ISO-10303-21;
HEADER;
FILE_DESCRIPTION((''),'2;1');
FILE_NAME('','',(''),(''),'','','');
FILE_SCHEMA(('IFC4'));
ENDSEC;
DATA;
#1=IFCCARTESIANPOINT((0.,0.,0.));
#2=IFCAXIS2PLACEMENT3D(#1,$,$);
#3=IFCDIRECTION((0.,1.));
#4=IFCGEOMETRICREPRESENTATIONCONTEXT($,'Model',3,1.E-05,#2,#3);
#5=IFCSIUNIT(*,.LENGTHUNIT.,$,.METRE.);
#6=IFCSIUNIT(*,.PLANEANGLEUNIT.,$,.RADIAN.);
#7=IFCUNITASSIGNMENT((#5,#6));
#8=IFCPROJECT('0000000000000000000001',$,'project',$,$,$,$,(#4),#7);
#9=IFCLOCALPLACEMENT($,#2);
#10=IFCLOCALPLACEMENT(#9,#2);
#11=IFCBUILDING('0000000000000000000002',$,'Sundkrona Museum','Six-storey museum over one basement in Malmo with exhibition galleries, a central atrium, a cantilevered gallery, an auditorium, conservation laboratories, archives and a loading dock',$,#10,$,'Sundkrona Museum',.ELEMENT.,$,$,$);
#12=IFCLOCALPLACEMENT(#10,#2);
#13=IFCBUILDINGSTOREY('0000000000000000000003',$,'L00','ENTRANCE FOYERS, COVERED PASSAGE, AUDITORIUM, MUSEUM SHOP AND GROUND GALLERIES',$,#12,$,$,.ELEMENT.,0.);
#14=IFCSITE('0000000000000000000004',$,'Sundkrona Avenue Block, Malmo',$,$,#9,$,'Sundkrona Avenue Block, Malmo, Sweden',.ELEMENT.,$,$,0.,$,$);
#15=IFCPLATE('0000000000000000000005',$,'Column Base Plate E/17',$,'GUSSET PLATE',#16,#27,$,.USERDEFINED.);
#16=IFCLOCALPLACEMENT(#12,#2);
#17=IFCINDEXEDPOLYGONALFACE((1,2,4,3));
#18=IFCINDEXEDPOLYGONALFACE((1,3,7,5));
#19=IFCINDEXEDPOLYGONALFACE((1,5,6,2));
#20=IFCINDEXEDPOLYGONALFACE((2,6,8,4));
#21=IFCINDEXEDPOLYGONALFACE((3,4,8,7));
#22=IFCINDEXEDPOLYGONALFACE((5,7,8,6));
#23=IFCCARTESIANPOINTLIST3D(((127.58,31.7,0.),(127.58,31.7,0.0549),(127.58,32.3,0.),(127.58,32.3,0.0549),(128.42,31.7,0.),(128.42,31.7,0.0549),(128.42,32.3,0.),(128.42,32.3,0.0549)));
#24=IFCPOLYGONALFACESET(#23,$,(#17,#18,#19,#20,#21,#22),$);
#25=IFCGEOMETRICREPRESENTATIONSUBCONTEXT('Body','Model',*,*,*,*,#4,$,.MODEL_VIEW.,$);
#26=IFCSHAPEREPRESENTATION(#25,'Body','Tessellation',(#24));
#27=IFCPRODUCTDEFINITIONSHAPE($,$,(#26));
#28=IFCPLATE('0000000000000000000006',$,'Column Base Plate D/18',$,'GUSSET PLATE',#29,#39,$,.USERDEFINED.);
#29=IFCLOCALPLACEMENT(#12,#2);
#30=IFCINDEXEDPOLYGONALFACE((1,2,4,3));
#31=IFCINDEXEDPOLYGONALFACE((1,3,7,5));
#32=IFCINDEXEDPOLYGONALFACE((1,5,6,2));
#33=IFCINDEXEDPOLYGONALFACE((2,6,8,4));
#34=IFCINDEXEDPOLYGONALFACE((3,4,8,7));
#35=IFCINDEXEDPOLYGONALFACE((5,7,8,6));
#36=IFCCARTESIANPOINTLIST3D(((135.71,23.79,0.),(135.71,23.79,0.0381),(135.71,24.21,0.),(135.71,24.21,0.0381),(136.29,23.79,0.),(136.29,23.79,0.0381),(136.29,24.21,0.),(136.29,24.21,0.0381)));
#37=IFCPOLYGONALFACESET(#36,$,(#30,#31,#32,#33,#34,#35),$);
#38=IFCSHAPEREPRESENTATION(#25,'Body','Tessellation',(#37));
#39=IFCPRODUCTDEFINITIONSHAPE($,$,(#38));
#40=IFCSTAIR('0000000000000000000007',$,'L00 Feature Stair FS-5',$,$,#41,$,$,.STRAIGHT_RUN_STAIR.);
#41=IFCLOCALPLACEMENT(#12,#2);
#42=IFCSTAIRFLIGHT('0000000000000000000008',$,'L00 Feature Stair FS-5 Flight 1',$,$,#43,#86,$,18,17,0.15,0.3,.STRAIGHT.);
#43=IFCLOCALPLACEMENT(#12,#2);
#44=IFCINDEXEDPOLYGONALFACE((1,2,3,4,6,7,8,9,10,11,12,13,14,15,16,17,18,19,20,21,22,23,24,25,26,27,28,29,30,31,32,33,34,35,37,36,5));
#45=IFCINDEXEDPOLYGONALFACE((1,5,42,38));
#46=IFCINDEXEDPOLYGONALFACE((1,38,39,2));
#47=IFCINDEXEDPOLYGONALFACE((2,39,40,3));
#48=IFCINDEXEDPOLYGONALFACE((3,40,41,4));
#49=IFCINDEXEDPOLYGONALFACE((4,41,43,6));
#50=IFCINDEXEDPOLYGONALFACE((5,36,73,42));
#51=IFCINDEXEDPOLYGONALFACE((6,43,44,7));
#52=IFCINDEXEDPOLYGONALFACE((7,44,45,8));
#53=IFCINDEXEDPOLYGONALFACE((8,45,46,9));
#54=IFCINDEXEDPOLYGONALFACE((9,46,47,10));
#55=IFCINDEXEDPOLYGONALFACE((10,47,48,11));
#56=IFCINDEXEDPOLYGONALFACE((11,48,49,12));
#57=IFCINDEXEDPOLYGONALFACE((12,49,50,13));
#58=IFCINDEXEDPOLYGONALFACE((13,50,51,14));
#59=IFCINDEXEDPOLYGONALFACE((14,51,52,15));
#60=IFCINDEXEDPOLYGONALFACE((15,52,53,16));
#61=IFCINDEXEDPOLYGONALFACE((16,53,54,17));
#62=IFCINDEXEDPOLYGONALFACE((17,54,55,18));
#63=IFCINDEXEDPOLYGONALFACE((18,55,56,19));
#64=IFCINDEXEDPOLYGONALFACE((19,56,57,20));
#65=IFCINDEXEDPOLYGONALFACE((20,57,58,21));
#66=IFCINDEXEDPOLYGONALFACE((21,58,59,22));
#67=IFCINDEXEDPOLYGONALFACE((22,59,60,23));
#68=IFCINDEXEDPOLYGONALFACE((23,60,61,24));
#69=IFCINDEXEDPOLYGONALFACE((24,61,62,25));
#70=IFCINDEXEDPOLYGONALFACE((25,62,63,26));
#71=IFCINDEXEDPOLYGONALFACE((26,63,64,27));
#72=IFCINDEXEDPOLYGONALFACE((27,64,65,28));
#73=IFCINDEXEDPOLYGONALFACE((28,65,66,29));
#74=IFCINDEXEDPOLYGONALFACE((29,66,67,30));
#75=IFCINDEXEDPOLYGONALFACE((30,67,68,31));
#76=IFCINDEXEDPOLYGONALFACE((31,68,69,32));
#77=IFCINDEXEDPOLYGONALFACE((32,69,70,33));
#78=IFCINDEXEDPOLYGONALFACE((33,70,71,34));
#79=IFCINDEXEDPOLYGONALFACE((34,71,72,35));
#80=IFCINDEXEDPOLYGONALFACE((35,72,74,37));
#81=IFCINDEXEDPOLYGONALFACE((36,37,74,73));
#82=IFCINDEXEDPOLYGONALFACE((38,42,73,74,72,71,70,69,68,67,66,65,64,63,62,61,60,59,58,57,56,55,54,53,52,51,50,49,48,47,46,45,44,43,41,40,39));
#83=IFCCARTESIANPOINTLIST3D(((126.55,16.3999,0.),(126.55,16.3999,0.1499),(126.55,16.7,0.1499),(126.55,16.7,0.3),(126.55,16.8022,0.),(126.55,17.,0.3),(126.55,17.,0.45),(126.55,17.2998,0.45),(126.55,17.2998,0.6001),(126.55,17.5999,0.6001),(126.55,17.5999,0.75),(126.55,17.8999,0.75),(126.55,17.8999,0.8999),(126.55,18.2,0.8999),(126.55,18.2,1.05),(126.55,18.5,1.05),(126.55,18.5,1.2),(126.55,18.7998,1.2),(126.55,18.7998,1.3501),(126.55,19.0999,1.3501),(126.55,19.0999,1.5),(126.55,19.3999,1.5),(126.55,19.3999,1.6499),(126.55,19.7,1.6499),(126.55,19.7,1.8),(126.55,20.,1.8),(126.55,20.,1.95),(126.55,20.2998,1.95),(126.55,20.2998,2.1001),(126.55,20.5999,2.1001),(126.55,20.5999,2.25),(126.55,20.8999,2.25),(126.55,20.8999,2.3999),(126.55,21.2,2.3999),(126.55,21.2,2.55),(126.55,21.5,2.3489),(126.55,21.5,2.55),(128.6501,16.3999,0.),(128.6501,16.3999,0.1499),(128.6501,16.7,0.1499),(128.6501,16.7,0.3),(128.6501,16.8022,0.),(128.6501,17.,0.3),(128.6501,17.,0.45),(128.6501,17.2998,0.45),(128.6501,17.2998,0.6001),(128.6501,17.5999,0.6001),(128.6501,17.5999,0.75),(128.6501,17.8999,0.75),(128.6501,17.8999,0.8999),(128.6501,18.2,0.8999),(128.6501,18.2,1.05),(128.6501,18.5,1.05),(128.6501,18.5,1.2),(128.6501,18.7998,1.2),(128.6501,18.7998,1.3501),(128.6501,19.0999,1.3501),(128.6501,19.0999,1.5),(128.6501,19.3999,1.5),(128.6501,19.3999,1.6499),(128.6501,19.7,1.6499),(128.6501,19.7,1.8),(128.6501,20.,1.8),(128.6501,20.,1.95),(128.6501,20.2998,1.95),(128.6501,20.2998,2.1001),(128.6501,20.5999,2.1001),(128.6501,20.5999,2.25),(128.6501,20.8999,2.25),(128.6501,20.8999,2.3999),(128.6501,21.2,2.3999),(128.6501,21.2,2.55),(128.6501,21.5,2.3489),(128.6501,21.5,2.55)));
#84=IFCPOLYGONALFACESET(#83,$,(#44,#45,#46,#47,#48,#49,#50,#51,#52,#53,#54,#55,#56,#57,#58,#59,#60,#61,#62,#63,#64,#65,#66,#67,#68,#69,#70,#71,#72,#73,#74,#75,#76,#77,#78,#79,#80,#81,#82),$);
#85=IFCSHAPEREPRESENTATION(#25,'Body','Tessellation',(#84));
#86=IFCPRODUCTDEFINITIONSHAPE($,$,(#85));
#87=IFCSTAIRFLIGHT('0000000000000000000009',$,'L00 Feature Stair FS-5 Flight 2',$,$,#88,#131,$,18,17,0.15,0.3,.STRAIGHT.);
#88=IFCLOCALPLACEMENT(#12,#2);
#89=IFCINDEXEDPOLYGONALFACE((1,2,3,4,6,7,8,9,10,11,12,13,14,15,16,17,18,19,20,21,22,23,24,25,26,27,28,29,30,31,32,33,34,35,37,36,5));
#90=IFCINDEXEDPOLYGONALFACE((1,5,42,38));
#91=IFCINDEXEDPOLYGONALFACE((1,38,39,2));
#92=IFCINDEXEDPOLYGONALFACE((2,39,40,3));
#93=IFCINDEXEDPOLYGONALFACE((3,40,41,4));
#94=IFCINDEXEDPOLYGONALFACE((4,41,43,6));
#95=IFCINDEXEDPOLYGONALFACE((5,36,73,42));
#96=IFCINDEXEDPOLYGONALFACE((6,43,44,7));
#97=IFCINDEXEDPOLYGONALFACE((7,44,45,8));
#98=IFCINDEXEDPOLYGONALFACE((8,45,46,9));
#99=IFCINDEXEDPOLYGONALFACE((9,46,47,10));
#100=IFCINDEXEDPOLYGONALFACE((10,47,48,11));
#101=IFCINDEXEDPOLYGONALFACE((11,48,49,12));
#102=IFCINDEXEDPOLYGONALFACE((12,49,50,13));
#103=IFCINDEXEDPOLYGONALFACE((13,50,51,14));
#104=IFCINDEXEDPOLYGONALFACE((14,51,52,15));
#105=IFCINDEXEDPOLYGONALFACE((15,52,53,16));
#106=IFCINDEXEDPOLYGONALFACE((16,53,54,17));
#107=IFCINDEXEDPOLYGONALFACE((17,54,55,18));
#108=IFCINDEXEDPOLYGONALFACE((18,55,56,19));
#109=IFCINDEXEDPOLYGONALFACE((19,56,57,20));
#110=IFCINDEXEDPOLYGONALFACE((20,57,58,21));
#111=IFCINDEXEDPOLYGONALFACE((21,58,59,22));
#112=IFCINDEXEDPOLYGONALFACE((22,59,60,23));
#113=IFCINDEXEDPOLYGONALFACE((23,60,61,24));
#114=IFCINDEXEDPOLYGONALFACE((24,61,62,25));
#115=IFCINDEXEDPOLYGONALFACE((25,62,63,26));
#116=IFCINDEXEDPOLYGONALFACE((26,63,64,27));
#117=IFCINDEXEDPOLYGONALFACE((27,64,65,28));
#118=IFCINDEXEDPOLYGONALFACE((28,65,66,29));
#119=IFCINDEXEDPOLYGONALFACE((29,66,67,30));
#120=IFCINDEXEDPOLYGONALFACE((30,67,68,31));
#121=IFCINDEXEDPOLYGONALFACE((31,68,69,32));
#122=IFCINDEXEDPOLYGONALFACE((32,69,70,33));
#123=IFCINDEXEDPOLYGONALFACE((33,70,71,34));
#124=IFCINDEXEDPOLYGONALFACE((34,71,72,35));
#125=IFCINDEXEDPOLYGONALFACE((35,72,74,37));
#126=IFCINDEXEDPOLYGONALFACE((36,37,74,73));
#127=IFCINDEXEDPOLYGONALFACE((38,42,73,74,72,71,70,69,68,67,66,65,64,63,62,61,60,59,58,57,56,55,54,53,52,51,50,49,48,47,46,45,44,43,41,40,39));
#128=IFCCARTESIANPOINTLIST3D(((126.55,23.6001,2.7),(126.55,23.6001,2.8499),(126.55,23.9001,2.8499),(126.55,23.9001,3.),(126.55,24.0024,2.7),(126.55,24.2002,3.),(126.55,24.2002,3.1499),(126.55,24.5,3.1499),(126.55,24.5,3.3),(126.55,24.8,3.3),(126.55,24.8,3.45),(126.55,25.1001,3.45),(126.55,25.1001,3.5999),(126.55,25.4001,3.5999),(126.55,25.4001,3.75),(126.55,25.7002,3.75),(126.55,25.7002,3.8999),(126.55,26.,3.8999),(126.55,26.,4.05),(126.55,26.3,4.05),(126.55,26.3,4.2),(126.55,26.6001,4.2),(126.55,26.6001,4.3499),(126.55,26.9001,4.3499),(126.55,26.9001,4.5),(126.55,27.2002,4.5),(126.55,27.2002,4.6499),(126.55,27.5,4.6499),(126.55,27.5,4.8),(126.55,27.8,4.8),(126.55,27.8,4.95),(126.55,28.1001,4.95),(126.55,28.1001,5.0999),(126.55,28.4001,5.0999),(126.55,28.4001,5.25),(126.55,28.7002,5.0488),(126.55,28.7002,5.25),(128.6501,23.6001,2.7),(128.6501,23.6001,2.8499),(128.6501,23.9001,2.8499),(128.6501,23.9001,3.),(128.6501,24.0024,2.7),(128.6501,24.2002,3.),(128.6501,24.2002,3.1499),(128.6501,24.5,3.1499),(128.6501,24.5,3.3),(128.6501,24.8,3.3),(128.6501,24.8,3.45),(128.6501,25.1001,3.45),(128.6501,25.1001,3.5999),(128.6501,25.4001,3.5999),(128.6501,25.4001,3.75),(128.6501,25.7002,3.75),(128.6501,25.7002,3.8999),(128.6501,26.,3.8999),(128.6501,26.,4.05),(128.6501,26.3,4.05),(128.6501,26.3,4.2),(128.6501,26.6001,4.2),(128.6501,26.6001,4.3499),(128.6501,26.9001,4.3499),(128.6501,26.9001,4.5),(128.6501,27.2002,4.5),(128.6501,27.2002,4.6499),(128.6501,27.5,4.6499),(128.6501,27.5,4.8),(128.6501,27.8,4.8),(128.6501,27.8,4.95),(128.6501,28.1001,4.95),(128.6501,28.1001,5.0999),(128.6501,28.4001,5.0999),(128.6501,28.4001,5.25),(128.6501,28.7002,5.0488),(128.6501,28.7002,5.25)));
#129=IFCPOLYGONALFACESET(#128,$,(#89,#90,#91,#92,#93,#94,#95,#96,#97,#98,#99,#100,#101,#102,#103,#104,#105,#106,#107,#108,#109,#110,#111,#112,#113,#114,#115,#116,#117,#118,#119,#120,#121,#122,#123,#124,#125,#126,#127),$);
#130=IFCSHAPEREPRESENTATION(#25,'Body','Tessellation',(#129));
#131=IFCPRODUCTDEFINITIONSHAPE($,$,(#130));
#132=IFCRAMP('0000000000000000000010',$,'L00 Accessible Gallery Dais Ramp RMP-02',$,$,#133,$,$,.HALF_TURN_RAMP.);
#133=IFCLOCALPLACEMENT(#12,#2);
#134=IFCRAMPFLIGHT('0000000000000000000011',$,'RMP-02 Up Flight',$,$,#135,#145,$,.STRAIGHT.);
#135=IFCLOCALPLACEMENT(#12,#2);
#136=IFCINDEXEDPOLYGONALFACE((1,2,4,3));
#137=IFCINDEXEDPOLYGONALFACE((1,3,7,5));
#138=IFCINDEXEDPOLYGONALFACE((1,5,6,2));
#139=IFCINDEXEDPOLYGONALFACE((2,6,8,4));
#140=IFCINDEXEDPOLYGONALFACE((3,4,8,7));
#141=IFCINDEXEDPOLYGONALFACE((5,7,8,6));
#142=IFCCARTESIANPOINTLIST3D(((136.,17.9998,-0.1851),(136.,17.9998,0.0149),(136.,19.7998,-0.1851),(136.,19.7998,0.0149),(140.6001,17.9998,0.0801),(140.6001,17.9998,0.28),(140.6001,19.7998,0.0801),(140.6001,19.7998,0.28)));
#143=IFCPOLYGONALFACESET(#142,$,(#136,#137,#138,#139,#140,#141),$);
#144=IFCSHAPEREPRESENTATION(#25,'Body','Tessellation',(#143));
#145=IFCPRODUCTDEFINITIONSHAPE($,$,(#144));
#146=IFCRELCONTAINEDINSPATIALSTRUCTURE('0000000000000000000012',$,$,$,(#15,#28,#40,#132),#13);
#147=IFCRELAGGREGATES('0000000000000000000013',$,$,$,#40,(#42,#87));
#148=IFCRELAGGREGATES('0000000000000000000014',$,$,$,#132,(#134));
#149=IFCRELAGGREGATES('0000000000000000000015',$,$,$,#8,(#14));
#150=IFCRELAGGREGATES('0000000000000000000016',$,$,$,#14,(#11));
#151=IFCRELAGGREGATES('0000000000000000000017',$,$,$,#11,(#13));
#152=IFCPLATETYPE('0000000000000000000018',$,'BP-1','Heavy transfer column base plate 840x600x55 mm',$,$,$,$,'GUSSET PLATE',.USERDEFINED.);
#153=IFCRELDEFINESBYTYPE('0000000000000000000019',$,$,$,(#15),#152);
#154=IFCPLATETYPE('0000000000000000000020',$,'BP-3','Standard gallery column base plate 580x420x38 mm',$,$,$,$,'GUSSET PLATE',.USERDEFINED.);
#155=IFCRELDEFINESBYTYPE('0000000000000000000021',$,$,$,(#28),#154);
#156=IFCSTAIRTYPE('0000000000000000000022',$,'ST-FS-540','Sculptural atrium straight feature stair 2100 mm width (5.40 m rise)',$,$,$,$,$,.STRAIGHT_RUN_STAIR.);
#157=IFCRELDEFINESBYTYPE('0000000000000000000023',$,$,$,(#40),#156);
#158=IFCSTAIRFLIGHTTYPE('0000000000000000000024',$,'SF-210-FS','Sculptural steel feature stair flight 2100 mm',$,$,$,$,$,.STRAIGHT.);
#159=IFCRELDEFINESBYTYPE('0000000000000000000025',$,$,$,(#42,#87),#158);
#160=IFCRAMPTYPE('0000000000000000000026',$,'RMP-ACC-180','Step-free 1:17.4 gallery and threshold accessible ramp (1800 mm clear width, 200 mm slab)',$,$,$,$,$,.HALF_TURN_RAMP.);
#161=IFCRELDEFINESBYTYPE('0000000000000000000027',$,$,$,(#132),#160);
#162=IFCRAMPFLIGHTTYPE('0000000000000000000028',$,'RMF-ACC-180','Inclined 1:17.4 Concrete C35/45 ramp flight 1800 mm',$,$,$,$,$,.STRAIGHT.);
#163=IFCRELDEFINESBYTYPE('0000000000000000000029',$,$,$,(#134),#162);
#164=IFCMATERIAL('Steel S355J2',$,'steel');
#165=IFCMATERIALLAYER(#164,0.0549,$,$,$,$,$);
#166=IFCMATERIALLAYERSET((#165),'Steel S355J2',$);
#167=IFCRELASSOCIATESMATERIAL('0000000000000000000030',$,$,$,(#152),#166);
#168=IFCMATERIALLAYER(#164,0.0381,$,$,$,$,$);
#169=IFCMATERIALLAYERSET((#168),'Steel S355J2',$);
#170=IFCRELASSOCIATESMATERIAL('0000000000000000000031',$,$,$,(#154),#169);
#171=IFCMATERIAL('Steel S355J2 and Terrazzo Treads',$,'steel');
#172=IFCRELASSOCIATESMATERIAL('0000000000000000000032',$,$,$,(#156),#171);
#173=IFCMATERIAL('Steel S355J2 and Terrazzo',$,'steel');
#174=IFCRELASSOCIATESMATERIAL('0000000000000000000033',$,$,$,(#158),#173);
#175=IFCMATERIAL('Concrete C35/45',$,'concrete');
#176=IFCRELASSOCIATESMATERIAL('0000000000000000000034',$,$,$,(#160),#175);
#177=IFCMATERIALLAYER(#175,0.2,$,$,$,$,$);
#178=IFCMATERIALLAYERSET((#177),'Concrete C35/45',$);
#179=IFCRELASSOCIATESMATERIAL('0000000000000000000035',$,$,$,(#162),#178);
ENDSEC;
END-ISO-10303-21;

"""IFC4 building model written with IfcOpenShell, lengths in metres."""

from ifc_helpers import new_model, si_unit, direction, frame, origin, origin_2d, place, context, subcontext, project, spatial, polyline, rectangle, outline, extrude, material, layer, layer_set, type_object, element, aggregate, save


model = new_model("IFC4")

# Units and contexts
model_context = context("Model", 3, precision=1e-05, world=origin(), true_north=direction((0.0, 1.0)))
body_context = subcontext(model_context, "Body", "Model", "MODEL_VIEW")
ifc_project = project(units=[si_unit("LENGTHUNIT", "METRE"), si_unit("PLANEANGLEUNIT", "RADIAN")], contexts=[model_context])

# Site, building, storey
site_placement = place(None, origin())
site = spatial("IfcSite", under=ifc_project, at=site_placement, Name="Sundkrona Avenue Block, Malmo", LongName="Sundkrona Avenue Block, Malmo, Sweden", CompositionType="ELEMENT", RefElevation=0.0)
building_placement = place(site_placement, origin())
building = spatial("IfcBuilding", under=site, at=building_placement, Name="Sundkrona Museum", Description="Six-storey museum over one basement in Malmo with exhibition galleries, a central atrium, a cantilevered gallery, an auditorium, conservation laboratories, archives and a loading dock", LongName="Sundkrona Museum", CompositionType="ELEMENT")
storey_placement = place(building_placement, origin())
storey = spatial("IfcBuildingStorey", under=building, at=storey_placement, Name="L00", Description="ENTRANCE FOYERS, COVERED PASSAGE, AUDITORIUM, MUSEUM SHOP AND GROUND GALLERIES", CompositionType="ELEMENT", Elevation=0.0)

# Shared definitions
ifc_material_1 = material(Name="Steel S355J2", Category="steel")

# Plates
ifc_layer_1 = layer(ifc_material_1, 0.0549)
ifc_layer_set_1 = layer_set([ifc_layer_1], Name="Steel S355J2")
plate_type_1 = type_object("IfcPlateType", Name="BP-1", Description="Heavy transfer column base plate 840x600x55 mm", ElementType="GUSSET PLATE", PredefinedType="USERDEFINED", material=ifc_layer_set_1)
plate_1_placement = place(storey_placement, frame((128.0, 32.0, 0.0), z_axis=(0.0, 0.0, 1.0), x_axis=(1.0, 0.0, 0.0)))
element("IfcPlate", 1, at=plate_1_placement, inside=storey, type_object=plate_type_1, Name="Column Base Plate E/17", ObjectType="GUSSET PLATE", PredefinedType="USERDEFINED", context=body_context, shape_type="SweptSolid", body=[
    extrude(rectangle(XDim=0.8401, YDim=0.6001, at=origin_2d()), origin(), (0.0, 0.0, 1.0), 0.0549),
])
ifc_layer_2 = layer(ifc_material_1, 0.0381)
ifc_layer_set_2 = layer_set([ifc_layer_2], Name="Steel S355J2")
plate_type_2 = type_object("IfcPlateType", Name="BP-3", Description="Standard gallery column base plate 580x420x38 mm", ElementType="GUSSET PLATE", PredefinedType="USERDEFINED", material=ifc_layer_set_2)
plate_2_placement = place(storey_placement, frame((136.0, 24.0, 0.0), z_axis=(0.0, 0.0, 1.0), x_axis=(1.0, 0.0, 0.0)))
element("IfcPlate", 2, at=plate_2_placement, inside=storey, type_object=plate_type_2, Name="Column Base Plate D/18", ObjectType="GUSSET PLATE", PredefinedType="USERDEFINED", context=body_context, shape_type="SweptSolid", body=[
    extrude(rectangle(XDim=0.5801, YDim=0.4199, at=origin_2d()), origin(), (0.0, 0.0, 1.0), 0.0381),
])

# Stair, stair flights
ifc_material_2 = material(Name="Steel S355J2 and Terrazzo Treads", Category="steel")
stair_type = type_object("IfcStairType", Name="ST-FS-540", Description="Sculptural atrium straight feature stair 2100 mm width (5.40 m rise)", PredefinedType="STRAIGHT_RUN_STAIR", material=ifc_material_2)
stair_placement = place(storey_placement, origin())
stair = element("IfcStair", 3, at=stair_placement, inside=storey, type_object=stair_type, Name="L00 Feature Stair FS-5", PredefinedType="STRAIGHT_RUN_STAIR")
ifc_material_3 = material(Name="Steel S355J2 and Terrazzo", Category="steel")
stair_flight_type = type_object("IfcStairFlightType", Name="SF-210-FS", Description="Sculptural steel feature stair flight 2100 mm", PredefinedType="STRAIGHT", material=ifc_material_3)
stair_flight_1_placement = place(storey_placement, frame((127.6001, 16.3999, 0.0), z_axis=(0.0, 0.0, 1.0), x_axis=(0.0, 1.0, 0.0)))
stair_flight_1 = element("IfcStairFlight", 4, at=stair_flight_1_placement, type_object=stair_flight_type, Name="L00 Feature Stair FS-5 Flight 1", NumberOfRisers=18, NumberOfTreads=17, PredefinedType="STRAIGHT", RiserHeight=0.15, TreadLength=0.3, context=body_context, shape_type="SweptSolid", body=[
    extrude(outline(polyline([(0.0, 0.0), (0.0, 0.1499), (0.3, 0.1499), (0.3, 0.3), (0.6001, 0.3), (0.6001, 0.45), (0.8999, 0.45), (0.8999, 0.6001), (1.2, 0.6001), (1.2, 0.75), (1.5, 0.75), (1.5, 0.8999), (1.8, 0.8999), (1.8, 1.05), (2.1001, 1.05), (2.1001, 1.2), (2.3999, 1.2), (2.3999, 1.3501), (2.7, 1.3501), (2.7, 1.5), (3.0, 1.5), (3.0, 1.6499), (3.3, 1.6499), (3.3, 1.8), (3.6001, 1.8), (3.6001, 1.95), (3.8999, 1.95), (3.8999, 2.1001), (4.2, 2.1001), (4.2, 2.25), (4.5, 2.25), (4.5, 2.3999), (4.8, 2.3999), (4.8, 2.55), (5.1001, 2.55), (5.1001, 2.7), (5.1001, 2.3489), (0.4023, 0.0), (0.0, 0.0)])), frame((0.0, 1.05, 0.0), z_axis=(0.0, -1.0, 0.0), x_axis=(1.0, 0.0, 0.0)), (0.0, 0.0, 1.0), 2.1001),
])
stair_flight_2_placement = place(storey_placement, frame((127.6001, 23.6001, 2.7), z_axis=(0.0, 0.0, 1.0), x_axis=(0.0, 1.0, 0.0)))
stair_flight_2 = element("IfcStairFlight", 5, at=stair_flight_2_placement, type_object=stair_flight_type, Name="L00 Feature Stair FS-5 Flight 2", NumberOfRisers=18, NumberOfTreads=17, PredefinedType="STRAIGHT", RiserHeight=0.15, TreadLength=0.3, context=body_context, shape_type="SweptSolid", body=[
    extrude(outline(polyline([(0.0, 0.0), (0.0, 0.1499), (0.3, 0.1499), (0.3, 0.3), (0.6001, 0.3), (0.6001, 0.45), (0.8999, 0.45), (0.8999, 0.6001), (1.2, 0.6001), (1.2, 0.75), (1.5, 0.75), (1.5, 0.8999), (1.8, 0.8999), (1.8, 1.05), (2.1001, 1.05), (2.1001, 1.2), (2.3999, 1.2), (2.3999, 1.3501), (2.7, 1.3501), (2.7, 1.5), (3.0, 1.5), (3.0, 1.6499), (3.3, 1.6499), (3.3, 1.8), (3.6001, 1.8), (3.6001, 1.95), (3.8999, 1.95), (3.8999, 2.1001), (4.2, 2.1001), (4.2, 2.25), (4.5, 2.25), (4.5, 2.3999), (4.8, 2.3999), (4.8, 2.55), (5.1001, 2.55), (5.1001, 2.7), (5.1001, 2.3489), (0.4023, 0.0), (0.0, 0.0)])), frame((0.0, 1.05, 0.0), z_axis=(0.0, -1.0, 0.0), x_axis=(1.0, 0.0, 0.0)), (0.0, 0.0, 1.0), 2.1001),
])
aggregate(stair, [stair_flight_1, stair_flight_2])

# Ramp, ramp flight
ifc_material_4 = material(Name="Concrete C35/45", Category="concrete")
ramp_type = type_object("IfcRampType", Name="RMP-ACC-180", Description="Step-free 1:17.4 gallery and threshold accessible ramp (1800 mm clear width, 200 mm slab)", PredefinedType="HALF_TURN_RAMP", material=ifc_material_4)
ramp_placement = place(storey_placement, origin())
ramp = element("IfcRamp", 6, at=ramp_placement, inside=storey, type_object=ramp_type, Name="L00 Accessible Gallery Dais Ramp RMP-02", PredefinedType="HALF_TURN_RAMP")
ifc_layer_3 = layer(ifc_material_4, 0.2)
ifc_layer_set_3 = layer_set([ifc_layer_3], Name="Concrete C35/45")
ramp_flight_type = type_object("IfcRampFlightType", Name="RMF-ACC-180", Description="Inclined 1:17.4 Concrete C35/45 ramp flight 1800 mm", PredefinedType="STRAIGHT", material=ifc_layer_set_3)
ramp_flight_placement = place(storey_placement, frame((136.0, 18.8999, 0.0149), z_axis=(0.0, 0.0, 1.0), x_axis=(1.0, 0.0, 0.0)))
ramp_flight = element("IfcRampFlight", 7, at=ramp_flight_placement, type_object=ramp_flight_type, Name="RMP-02 Up Flight", PredefinedType="STRAIGHT", context=body_context, shape_type="SweptSolid", body=[
    extrude(outline(polyline([(0.0, -0.2), (4.6001, 0.0652), (4.6001, 0.2651), (0.0, 0.0), (0.0, -0.2)])), frame((0.0, 0.8999, 0.0), z_axis=(0.0, -1.0, 0.0), x_axis=(1.0, 0.0, 0.0)), (0.0, 0.0, 1.0), 1.8),
])
aggregate(ramp, [ramp_flight])

save(model, "model.ifc")
